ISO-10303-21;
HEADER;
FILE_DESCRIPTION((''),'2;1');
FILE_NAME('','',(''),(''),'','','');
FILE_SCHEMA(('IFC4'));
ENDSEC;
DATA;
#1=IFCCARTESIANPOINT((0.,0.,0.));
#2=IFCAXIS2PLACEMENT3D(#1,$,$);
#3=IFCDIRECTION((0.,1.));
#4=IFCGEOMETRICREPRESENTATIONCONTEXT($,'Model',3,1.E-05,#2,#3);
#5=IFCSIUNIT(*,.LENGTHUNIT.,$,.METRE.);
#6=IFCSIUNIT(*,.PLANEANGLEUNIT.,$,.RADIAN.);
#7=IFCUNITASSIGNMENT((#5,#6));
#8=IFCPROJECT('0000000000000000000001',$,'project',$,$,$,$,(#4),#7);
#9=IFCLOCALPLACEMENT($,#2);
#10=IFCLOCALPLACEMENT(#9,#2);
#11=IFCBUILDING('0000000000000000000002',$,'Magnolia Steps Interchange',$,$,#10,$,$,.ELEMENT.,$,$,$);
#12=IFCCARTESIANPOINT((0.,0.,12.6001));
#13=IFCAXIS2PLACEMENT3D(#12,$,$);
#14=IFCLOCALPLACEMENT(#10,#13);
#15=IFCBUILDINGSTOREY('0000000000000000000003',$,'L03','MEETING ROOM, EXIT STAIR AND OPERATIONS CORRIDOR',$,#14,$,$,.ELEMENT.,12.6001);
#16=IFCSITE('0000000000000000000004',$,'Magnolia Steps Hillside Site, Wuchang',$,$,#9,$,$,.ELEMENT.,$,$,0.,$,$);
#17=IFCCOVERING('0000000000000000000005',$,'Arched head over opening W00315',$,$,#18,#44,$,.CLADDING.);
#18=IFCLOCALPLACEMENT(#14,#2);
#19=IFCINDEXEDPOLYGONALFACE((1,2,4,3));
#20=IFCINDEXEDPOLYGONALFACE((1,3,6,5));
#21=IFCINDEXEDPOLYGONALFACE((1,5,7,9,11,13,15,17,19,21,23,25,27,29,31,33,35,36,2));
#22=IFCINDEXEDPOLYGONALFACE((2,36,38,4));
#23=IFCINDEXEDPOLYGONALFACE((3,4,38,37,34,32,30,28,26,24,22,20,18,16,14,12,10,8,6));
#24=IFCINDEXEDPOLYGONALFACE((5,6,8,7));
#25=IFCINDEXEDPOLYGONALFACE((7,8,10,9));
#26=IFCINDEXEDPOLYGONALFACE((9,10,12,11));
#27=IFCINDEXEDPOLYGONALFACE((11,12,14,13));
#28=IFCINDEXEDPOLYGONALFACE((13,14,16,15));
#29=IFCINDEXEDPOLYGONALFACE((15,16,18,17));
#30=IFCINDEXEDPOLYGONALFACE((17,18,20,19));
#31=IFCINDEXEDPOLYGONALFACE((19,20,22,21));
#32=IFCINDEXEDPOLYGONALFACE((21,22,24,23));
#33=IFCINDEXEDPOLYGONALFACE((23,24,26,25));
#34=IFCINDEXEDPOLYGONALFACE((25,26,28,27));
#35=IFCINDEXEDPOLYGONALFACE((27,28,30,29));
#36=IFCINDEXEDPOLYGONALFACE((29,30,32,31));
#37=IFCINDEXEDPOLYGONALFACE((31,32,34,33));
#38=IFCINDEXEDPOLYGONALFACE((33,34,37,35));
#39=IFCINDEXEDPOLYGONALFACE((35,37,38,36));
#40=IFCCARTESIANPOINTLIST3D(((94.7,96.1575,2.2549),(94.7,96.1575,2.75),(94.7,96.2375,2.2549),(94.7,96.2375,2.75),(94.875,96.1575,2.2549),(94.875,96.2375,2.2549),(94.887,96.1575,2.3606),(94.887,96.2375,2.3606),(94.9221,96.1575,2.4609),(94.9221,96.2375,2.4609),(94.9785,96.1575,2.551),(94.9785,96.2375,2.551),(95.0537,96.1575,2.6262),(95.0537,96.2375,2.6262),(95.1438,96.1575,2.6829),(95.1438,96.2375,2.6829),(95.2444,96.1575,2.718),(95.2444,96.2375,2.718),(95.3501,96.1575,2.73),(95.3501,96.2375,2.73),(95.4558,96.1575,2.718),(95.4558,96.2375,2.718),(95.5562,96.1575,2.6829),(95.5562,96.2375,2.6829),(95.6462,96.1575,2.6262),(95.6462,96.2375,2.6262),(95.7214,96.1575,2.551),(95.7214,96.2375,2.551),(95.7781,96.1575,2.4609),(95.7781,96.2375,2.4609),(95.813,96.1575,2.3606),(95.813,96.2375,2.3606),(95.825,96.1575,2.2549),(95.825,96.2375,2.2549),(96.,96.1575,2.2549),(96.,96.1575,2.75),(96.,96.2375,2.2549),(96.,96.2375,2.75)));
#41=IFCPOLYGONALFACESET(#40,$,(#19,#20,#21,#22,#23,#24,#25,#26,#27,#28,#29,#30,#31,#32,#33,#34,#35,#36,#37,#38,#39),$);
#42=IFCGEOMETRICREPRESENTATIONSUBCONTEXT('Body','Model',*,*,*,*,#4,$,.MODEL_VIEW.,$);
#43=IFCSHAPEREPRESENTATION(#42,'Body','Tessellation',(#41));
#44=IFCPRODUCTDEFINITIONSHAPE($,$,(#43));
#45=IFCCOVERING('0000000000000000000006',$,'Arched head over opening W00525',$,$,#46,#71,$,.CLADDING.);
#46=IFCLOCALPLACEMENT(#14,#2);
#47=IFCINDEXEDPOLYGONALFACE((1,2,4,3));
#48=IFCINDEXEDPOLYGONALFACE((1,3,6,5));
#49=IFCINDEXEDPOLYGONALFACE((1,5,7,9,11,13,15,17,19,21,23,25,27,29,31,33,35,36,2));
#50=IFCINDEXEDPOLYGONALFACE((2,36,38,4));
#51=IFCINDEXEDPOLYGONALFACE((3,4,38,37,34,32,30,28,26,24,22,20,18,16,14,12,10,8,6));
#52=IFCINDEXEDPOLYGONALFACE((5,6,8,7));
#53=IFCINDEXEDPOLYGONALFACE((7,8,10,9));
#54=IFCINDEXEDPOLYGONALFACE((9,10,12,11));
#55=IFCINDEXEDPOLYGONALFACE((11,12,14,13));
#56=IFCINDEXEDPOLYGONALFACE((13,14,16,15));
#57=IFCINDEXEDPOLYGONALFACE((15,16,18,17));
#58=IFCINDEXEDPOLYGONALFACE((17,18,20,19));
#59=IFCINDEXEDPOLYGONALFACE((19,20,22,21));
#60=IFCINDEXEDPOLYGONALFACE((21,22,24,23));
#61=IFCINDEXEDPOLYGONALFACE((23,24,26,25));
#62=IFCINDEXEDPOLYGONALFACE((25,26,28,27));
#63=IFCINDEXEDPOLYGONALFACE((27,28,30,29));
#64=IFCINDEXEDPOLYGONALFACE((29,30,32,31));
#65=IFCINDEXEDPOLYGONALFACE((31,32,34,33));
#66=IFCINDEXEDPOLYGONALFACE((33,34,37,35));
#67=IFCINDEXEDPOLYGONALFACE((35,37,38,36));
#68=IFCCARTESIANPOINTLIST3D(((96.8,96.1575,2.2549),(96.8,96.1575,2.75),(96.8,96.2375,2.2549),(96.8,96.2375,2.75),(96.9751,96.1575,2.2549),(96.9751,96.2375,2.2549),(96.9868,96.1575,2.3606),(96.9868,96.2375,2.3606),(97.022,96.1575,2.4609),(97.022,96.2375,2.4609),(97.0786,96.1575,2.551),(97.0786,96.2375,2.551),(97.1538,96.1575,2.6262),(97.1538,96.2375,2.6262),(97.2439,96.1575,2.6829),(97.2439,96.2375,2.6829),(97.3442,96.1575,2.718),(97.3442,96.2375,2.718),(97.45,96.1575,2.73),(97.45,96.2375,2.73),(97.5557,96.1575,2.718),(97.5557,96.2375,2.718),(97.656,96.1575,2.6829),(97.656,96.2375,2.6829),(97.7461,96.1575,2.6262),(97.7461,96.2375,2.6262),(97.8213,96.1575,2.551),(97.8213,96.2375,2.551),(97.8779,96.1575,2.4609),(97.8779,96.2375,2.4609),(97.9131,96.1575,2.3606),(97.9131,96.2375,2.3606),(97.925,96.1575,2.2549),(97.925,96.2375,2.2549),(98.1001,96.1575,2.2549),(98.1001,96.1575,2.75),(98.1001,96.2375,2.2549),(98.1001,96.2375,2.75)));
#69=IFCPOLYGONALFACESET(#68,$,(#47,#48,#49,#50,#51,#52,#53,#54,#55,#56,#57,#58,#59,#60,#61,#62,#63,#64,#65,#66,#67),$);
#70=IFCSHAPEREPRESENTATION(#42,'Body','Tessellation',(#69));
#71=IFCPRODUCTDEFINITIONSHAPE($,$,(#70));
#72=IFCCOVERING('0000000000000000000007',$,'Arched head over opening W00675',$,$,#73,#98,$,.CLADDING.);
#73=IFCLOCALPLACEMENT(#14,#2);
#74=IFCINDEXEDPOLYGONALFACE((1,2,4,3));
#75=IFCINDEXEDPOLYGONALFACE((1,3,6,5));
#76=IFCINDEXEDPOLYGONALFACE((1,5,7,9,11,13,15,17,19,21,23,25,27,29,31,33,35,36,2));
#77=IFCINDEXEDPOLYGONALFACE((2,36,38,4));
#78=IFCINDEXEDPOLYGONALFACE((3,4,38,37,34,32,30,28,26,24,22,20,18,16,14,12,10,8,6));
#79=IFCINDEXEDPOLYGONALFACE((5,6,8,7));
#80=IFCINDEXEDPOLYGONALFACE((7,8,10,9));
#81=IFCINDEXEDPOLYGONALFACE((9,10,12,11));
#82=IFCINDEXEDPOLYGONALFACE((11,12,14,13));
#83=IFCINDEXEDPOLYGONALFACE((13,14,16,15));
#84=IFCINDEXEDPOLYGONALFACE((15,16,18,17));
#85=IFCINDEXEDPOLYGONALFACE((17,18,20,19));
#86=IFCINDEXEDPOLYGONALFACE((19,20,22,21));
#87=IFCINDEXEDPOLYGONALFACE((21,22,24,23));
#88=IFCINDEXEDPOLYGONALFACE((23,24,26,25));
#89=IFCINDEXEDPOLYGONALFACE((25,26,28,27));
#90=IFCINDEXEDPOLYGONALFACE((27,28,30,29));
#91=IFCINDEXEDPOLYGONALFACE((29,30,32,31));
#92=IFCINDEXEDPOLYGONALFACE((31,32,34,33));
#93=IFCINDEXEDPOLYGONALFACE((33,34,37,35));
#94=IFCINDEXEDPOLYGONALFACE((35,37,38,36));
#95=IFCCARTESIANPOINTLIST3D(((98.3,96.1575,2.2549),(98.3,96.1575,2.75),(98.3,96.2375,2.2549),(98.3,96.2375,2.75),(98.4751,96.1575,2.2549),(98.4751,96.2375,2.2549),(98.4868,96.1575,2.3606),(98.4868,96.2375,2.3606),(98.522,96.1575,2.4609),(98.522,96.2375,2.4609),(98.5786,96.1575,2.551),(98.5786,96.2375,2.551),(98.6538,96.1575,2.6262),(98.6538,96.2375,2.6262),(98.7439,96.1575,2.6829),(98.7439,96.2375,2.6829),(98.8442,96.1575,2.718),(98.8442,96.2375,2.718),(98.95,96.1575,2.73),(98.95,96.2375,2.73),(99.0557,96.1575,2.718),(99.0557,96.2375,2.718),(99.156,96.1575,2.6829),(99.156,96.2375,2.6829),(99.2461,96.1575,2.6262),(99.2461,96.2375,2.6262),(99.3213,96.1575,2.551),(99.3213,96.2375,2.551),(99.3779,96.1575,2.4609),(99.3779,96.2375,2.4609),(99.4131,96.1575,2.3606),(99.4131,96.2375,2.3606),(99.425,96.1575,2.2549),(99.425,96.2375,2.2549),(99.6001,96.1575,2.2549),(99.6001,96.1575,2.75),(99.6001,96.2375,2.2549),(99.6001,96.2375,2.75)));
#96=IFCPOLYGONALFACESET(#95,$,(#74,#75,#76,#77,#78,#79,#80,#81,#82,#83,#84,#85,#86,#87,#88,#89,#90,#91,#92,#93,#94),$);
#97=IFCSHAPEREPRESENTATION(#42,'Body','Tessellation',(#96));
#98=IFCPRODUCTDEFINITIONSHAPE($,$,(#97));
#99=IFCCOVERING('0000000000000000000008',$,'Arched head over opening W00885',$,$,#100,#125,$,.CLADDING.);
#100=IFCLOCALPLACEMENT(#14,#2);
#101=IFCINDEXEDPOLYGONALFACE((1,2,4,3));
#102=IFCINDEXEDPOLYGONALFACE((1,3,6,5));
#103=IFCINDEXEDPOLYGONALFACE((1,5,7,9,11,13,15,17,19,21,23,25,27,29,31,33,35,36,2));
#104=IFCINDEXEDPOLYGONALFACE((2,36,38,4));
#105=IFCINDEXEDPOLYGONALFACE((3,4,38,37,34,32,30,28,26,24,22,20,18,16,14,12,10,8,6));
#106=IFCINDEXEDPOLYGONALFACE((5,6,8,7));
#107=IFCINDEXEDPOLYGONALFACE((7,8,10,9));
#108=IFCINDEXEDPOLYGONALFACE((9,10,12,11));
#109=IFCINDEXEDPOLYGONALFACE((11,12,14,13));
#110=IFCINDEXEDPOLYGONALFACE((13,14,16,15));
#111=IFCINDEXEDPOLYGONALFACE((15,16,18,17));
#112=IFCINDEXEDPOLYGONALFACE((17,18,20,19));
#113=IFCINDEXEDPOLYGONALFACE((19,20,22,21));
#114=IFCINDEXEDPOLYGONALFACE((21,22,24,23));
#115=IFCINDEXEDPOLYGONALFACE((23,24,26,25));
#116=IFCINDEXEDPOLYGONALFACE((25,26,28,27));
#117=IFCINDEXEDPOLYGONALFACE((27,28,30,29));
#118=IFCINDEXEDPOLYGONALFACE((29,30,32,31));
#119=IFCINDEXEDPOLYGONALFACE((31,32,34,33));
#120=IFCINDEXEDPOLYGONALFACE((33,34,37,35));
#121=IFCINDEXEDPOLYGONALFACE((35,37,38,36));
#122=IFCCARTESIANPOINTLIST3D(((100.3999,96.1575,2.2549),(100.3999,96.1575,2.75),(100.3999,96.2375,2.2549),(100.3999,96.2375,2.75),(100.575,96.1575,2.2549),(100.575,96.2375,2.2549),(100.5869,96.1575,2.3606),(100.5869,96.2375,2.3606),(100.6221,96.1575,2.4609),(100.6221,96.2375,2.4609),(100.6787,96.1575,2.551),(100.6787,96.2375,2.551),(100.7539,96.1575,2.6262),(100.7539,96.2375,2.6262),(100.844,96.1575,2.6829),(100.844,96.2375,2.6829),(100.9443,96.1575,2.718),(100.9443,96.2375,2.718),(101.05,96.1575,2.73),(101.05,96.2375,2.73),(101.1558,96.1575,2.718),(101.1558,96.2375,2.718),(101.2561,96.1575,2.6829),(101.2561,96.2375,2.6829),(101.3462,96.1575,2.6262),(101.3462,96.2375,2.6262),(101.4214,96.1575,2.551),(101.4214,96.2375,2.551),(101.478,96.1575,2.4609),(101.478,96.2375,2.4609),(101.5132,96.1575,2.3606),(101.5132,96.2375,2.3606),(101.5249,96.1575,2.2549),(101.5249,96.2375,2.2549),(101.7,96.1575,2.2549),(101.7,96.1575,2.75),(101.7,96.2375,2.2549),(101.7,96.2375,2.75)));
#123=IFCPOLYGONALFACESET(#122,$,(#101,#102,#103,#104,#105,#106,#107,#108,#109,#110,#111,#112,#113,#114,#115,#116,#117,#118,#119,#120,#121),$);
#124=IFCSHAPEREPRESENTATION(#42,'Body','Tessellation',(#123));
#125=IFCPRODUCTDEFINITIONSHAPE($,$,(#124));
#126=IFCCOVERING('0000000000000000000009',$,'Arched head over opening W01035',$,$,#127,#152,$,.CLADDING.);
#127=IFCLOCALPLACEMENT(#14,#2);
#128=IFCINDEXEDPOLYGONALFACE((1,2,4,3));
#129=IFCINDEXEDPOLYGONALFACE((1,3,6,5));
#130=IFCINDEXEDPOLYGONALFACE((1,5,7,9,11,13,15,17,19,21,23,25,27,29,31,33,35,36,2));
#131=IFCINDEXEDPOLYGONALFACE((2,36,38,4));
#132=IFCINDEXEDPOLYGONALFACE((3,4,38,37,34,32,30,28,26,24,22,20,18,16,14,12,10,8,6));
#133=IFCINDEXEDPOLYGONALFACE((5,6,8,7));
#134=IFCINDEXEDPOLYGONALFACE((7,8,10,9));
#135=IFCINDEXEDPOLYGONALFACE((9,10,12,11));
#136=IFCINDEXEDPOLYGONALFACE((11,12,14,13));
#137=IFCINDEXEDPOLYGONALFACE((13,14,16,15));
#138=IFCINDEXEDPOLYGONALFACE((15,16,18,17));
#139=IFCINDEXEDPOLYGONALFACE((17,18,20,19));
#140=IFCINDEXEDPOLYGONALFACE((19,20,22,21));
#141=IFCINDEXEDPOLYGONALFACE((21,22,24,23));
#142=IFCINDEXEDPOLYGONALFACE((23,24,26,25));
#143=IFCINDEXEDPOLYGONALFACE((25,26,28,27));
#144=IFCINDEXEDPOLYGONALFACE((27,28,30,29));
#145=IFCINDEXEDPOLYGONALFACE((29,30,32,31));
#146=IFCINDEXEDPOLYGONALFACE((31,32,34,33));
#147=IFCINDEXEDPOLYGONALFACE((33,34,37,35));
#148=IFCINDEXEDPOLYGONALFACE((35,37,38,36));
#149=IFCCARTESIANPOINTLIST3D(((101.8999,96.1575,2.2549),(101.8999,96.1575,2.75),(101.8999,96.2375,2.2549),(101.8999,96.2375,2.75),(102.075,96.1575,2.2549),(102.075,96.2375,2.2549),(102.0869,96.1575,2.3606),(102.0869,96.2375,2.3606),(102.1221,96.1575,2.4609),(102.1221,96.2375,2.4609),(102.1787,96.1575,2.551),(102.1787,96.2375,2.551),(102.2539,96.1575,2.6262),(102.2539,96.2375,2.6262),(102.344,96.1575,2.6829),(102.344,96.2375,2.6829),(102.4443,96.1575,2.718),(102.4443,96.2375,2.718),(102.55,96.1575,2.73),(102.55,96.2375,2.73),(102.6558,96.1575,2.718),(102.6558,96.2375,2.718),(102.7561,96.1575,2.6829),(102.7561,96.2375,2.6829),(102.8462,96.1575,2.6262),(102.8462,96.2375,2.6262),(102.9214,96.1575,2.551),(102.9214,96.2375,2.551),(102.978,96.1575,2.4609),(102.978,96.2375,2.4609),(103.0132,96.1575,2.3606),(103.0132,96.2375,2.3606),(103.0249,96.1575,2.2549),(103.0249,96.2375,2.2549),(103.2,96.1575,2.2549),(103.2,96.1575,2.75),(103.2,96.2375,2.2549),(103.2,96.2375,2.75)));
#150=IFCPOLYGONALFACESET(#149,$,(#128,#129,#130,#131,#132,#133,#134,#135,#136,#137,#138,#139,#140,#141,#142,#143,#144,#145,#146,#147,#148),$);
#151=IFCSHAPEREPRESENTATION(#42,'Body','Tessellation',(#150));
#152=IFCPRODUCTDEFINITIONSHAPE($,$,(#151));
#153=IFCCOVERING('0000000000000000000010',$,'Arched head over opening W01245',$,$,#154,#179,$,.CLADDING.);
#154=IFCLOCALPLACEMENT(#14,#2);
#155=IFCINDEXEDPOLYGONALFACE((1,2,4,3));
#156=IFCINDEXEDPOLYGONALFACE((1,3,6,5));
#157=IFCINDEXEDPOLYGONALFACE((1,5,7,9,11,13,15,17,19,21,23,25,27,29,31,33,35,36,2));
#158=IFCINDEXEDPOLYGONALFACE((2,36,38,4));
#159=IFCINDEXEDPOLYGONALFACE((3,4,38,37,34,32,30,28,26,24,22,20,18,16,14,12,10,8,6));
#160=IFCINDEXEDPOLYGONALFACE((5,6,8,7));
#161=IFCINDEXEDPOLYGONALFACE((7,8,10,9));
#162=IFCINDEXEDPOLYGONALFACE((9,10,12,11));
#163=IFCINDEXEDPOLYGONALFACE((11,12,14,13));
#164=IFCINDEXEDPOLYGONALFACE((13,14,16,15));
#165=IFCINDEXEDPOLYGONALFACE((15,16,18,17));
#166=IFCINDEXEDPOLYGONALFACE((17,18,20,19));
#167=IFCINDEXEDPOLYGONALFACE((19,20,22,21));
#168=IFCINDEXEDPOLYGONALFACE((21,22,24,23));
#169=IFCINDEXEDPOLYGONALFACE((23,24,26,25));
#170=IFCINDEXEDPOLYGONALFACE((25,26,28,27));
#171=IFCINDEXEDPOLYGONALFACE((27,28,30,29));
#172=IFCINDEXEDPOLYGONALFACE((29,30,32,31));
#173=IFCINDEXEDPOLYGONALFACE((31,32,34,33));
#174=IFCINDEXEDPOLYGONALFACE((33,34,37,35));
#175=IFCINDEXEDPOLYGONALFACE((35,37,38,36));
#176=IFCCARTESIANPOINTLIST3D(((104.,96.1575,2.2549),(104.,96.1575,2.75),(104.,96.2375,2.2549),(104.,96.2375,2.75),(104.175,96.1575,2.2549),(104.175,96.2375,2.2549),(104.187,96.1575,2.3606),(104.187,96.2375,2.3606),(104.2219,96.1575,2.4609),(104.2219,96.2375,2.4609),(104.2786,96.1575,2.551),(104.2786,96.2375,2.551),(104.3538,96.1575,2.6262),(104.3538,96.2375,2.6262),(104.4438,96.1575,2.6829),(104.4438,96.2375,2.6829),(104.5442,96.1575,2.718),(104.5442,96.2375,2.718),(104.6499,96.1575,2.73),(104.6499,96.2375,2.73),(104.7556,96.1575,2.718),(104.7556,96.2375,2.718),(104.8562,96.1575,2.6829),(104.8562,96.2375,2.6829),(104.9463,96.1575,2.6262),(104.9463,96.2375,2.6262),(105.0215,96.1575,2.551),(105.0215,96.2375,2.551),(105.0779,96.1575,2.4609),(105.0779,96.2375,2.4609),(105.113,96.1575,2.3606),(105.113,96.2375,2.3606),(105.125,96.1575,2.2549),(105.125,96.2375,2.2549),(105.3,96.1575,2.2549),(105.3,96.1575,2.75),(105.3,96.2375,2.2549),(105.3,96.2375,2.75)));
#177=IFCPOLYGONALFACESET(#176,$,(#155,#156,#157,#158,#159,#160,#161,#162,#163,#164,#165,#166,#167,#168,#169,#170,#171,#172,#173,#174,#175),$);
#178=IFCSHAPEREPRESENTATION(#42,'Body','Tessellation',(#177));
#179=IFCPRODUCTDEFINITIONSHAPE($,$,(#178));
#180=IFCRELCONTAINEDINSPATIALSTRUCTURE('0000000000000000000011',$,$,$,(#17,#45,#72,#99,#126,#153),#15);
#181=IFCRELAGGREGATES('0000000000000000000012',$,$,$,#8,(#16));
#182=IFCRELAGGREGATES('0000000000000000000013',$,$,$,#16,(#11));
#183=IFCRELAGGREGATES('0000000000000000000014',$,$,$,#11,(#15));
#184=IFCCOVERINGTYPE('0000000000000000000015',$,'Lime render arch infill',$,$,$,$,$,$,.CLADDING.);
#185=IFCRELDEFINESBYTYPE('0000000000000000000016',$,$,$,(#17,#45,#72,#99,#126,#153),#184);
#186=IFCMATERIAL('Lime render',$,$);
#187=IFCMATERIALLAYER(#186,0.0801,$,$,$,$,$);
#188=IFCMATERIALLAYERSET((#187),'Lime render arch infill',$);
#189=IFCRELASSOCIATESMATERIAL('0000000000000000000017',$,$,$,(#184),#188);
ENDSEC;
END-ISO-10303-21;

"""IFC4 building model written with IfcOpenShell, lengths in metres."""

from ifc_helpers import new_model, si_unit, direction, frame, origin, place, context, subcontext, project, spatial, polyline, outline, extrude, material, layer, layer_set, type_object, element, save


model = new_model("IFC4")

# Units and contexts
model_context = context("Model", 3, precision=1e-05, world=origin(), true_north=direction((0.0, 1.0)))
body_context = subcontext(model_context, "Body", "Model", "MODEL_VIEW")
ifc_project = project(units=[si_unit("LENGTHUNIT", "METRE"), si_unit("PLANEANGLEUNIT", "RADIAN")], contexts=[model_context])

# Site, building, storey
site_placement = place(None, origin())
site = spatial("IfcSite", under=ifc_project, at=site_placement, Name="Magnolia Steps Hillside Site, Wuchang", CompositionType="ELEMENT", RefElevation=0.0)
building_placement = place(site_placement, origin())
building = spatial("IfcBuilding", under=site, at=building_placement, Name="Magnolia Steps Interchange", CompositionType="ELEMENT")
storey_placement = place(building_placement, frame((0.0, 0.0, 12.6001)))
storey = spatial("IfcBuildingStorey", under=building, at=storey_placement, Name="L03", Description="MEETING ROOM, EXIT STAIR AND OPERATIONS CORRIDOR", CompositionType="ELEMENT", Elevation=12.6001)

# Coverings
ifc_material_1 = material(Name="Lime render")
ifc_layer_1 = layer(ifc_material_1, 0.0801)
ifc_layer_set_1 = layer_set([ifc_layer_1], Name="Lime render arch infill")
covering_type = type_object("IfcCoveringType", Name="Lime render arch infill", PredefinedType="CLADDING", material=ifc_layer_set_1)
for number, where, z_axis, x_axis, name in (
    (1, (94.7, 96.2375, 2.2549), (0.0, 1.0, 0.0), (0.0, 0.0, 1.0), "Arched head over opening W00315"),
):
    element("IfcCovering", number, at=place(storey_placement, frame(where, z_axis=z_axis, x_axis=x_axis)), inside=storey, type_object=covering_type, Name=name, PredefinedType="CLADDING", context=body_context, shape_type="SweptSolid", body=[
        extrude(outline(polyline([(0.0, 0.0), (0.4951, 0.0), (0.4951, 1.3), (0.0, 1.3), (0.0, 1.125), (0.1057, 1.113), (0.2061, 1.0781), (0.2961, 1.0215), (0.3713, 0.9463), (0.428, 0.8562), (0.4631, 0.7559), (0.4751, 0.6501), (0.4631, 0.5444), (0.428, 0.4438), (0.3713, 0.3538), (0.2961, 0.2786), (0.2061, 0.2222), (0.1057, 0.187), (0.0, 0.175), (0.0, 0.0)])), origin(), (0.0, 0.0, -1.0), 0.0801),
    ])
for number, where, z_axis, x_axis, name in (
    (2, (96.8, 96.2375, 2.2549), (0.0, 1.0, 0.0), (0.0, 0.0, 1.0), "Arched head over opening W00525"),
    (3, (98.3, 96.2375, 2.2549), (0.0, 1.0, 0.0), (0.0, 0.0, 1.0), "Arched head over opening W00675"),
):
    element("IfcCovering", number, at=place(storey_placement, frame(where, z_axis=z_axis, x_axis=x_axis)), inside=storey, type_object=covering_type, Name=name, PredefinedType="CLADDING", context=body_context, shape_type="SweptSolid", body=[
        extrude(outline(polyline([(0.0, 0.0), (0.4951, 0.0), (0.4951, 1.3), (0.0, 1.3), (0.0, 1.125), (0.1057, 1.113), (0.2061, 1.0779), (0.2961, 1.0212), (0.3713, 0.946), (0.428, 0.856), (0.4631, 0.7556), (0.4751, 0.6499), (0.4631, 0.5442), (0.428, 0.4438), (0.3713, 0.3538), (0.2961, 0.2786), (0.2061, 0.2219), (0.1057, 0.1868), (0.0, 0.175), (0.0, 0.0)])), origin(), (0.0, 0.0, -1.0), 0.0801),
    ])
for number, where, z_axis, x_axis, name in (
    (4, (100.3999, 96.2375, 2.2549), (0.0, 1.0, 0.0), (0.0, 0.0, 1.0), "Arched head over opening W00885"),
    (5, (101.8999, 96.2375, 2.2549), (0.0, 1.0, 0.0), (0.0, 0.0, 1.0), "Arched head over opening W01035"),
):
    element("IfcCovering", number, at=place(storey_placement, frame(where, z_axis=z_axis, x_axis=x_axis)), inside=storey, type_object=covering_type, Name=name, PredefinedType="CLADDING", context=body_context, shape_type="SweptSolid", body=[
        extrude(outline(polyline([(0.0, 0.0), (0.4951, 0.0), (0.4951, 1.3), (0.0, 1.3), (0.0, 1.125), (0.1057, 1.1133), (0.2061, 1.0781), (0.2961, 1.0215), (0.3713, 0.9463), (0.428, 0.8562), (0.4631, 0.7559), (0.4751, 0.6501), (0.4631, 0.5444), (0.428, 0.4441), (0.3713, 0.354), (0.2961, 0.2788), (0.2061, 0.2222), (0.1057, 0.187), (0.0, 0.175), (0.0, 0.0)])), origin(), (0.0, 0.0, -1.0), 0.0801),
    ])
covering_placement = place(storey_placement, frame((104.0, 96.2375, 2.2549), z_axis=(0.0, 1.0, 0.0), x_axis=(0.0, 0.0, 1.0)))
element("IfcCovering", 6, at=covering_placement, inside=storey, type_object=covering_type, Name="Arched head over opening W01245", PredefinedType="CLADDING", context=body_context, shape_type="SweptSolid", body=[
    extrude(outline(polyline([(0.0, 0.0), (0.4951, 0.0), (0.4951, 1.3), (0.0, 1.3), (0.0, 1.125), (0.1057, 1.113), (0.2061, 1.0779), (0.2961, 1.0215), (0.3713, 0.9463), (0.428, 0.8562), (0.4631, 0.7556), (0.4751, 0.6499), (0.4631, 0.5442), (0.428, 0.4438), (0.3713, 0.3538), (0.2961, 0.2786), (0.2061, 0.2219), (0.1057, 0.187), (0.0, 0.175), (0.0, 0.0)])), origin(), (0.0, 0.0, -1.0), 0.0801),
])

save(model, "model.ifc")
